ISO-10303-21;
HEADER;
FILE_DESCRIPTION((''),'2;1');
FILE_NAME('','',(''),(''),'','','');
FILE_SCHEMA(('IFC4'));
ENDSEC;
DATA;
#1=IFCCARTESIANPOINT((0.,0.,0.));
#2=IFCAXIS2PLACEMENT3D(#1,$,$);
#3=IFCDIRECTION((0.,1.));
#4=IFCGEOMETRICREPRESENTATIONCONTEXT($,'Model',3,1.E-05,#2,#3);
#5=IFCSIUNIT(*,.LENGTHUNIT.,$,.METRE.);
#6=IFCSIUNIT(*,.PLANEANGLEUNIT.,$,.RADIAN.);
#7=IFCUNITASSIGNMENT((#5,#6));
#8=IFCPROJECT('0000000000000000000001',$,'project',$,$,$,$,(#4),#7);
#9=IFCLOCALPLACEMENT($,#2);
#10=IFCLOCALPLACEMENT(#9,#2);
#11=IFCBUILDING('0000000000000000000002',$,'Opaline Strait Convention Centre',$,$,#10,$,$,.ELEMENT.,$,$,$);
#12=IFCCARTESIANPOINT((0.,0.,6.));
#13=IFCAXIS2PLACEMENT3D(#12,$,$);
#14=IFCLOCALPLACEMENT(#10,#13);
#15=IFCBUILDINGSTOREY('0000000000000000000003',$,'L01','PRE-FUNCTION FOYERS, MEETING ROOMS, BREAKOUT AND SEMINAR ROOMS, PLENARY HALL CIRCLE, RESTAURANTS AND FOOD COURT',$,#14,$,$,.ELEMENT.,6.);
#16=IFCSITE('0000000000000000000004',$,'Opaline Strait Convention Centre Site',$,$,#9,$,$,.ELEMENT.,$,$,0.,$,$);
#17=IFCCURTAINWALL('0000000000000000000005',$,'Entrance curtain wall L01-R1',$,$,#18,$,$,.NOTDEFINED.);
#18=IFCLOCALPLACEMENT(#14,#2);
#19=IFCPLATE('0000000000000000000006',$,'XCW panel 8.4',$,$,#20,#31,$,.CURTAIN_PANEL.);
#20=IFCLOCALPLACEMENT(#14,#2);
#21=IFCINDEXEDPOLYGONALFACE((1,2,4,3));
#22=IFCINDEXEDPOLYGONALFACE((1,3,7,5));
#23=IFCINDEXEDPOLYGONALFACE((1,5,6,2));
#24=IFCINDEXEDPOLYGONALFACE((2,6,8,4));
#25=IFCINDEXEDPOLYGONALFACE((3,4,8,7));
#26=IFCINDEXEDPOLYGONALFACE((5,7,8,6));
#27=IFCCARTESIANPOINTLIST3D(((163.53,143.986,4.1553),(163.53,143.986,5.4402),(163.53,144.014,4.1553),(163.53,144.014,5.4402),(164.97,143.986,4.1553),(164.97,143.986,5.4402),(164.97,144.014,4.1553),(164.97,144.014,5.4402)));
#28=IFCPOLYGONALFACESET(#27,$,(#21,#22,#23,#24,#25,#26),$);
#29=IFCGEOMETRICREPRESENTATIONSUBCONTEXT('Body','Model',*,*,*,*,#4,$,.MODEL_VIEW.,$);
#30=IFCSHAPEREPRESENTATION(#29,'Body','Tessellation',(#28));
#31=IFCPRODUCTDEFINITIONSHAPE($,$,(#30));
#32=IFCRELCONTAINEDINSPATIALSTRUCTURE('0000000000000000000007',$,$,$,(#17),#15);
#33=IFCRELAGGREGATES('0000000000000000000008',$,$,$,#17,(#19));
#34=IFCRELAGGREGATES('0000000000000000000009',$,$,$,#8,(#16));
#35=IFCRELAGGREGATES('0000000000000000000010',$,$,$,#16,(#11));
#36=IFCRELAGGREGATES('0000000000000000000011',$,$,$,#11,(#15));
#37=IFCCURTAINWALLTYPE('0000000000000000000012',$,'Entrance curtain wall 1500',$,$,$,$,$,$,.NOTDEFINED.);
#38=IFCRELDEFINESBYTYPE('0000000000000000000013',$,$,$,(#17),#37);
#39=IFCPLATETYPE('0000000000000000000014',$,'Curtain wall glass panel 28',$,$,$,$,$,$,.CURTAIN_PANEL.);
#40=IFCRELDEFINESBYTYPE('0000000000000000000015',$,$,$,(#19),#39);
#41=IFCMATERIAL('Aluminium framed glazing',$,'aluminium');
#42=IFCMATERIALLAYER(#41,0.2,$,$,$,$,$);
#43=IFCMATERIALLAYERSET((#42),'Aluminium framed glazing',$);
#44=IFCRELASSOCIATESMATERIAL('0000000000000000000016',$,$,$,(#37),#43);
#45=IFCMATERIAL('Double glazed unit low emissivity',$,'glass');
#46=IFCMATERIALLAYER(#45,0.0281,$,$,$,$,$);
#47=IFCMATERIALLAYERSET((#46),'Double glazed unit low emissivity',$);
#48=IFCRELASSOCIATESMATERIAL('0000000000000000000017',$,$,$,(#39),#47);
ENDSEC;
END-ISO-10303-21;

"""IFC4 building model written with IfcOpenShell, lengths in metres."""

from ifc_helpers import new_model, si_unit, direction, frame, origin, origin_2d, place, context, subcontext, project, spatial, rectangle, extrude, material, layer, layer_set, type_object, element, aggregate, save


model = new_model("IFC4")

# Units and contexts
model_context = context("Model", 3, precision=1e-05, world=origin(), true_north=direction((0.0, 1.0)))
body_context = subcontext(model_context, "Body", "Model", "MODEL_VIEW")
ifc_project = project(units=[si_unit("LENGTHUNIT", "METRE"), si_unit("PLANEANGLEUNIT", "RADIAN")], contexts=[model_context])

# Site, building, storey
site_placement = place(None, origin())
site = spatial("IfcSite", under=ifc_project, at=site_placement, Name="Opaline Strait Convention Centre Site", CompositionType="ELEMENT", RefElevation=0.0)
building_placement = place(site_placement, origin())
building = spatial("IfcBuilding", under=site, at=building_placement, Name="Opaline Strait Convention Centre", CompositionType="ELEMENT")
storey_placement = place(building_placement, frame((0.0, 0.0, 6.0)))
storey = spatial("IfcBuildingStorey", under=building, at=storey_placement, Name="L01", Description="PRE-FUNCTION FOYERS, MEETING ROOMS, BREAKOUT AND SEMINAR ROOMS, PLENARY HALL CIRCLE, RESTAURANTS AND FOOD COURT", CompositionType="ELEMENT", Elevation=6.0)

# Curtain wall, plate
ifc_material_1 = material(Name="Aluminium framed glazing", Category="aluminium")
ifc_layer_1 = layer(ifc_material_1, 0.2)
ifc_layer_set_1 = layer_set([ifc_layer_1], Name="Aluminium framed glazing")
curtain_wall_type = type_object("IfcCurtainWallType", Name="Entrance curtain wall 1500", PredefinedType="NOTDEFINED", material=ifc_layer_set_1)
curtain_wall_placement = place(storey_placement, origin())
curtain_wall = element("IfcCurtainWall", 1, at=curtain_wall_placement, inside=storey, type_object=curtain_wall_type, Name="Entrance curtain wall L01-R1", PredefinedType="NOTDEFINED")
ifc_material_2 = material(Name="Double glazed unit low emissivity", Category="glass")
ifc_layer_2 = layer(ifc_material_2, 0.0281)
ifc_layer_set_2 = layer_set([ifc_layer_2], Name="Double glazed unit low emissivity")
plate_type = type_object("IfcPlateType", Name="Curtain wall glass panel 28", PredefinedType="CURTAIN_PANEL", material=ifc_layer_set_2)
plate_1_placement = place(storey_placement, frame((164.25, 144.0, 4.1553), z_axis=(0.0, 0.0, 1.0), x_axis=(1.0, 0.0, 0.0)))
plate_1 = element("IfcPlate", 2, at=plate_1_placement, type_object=plate_type, Name="XCW panel 8.4", PredefinedType="CURTAIN_PANEL", context=body_context, shape_type="SweptSolid", body=[
    extrude(rectangle(XDim=1.4399, YDim=0.0281, at=origin_2d()), origin(), (0.0, 0.0, 1.0), 1.2849),
])
aggregate(curtain_wall, [plate_1])

save(model, "model.ifc")
